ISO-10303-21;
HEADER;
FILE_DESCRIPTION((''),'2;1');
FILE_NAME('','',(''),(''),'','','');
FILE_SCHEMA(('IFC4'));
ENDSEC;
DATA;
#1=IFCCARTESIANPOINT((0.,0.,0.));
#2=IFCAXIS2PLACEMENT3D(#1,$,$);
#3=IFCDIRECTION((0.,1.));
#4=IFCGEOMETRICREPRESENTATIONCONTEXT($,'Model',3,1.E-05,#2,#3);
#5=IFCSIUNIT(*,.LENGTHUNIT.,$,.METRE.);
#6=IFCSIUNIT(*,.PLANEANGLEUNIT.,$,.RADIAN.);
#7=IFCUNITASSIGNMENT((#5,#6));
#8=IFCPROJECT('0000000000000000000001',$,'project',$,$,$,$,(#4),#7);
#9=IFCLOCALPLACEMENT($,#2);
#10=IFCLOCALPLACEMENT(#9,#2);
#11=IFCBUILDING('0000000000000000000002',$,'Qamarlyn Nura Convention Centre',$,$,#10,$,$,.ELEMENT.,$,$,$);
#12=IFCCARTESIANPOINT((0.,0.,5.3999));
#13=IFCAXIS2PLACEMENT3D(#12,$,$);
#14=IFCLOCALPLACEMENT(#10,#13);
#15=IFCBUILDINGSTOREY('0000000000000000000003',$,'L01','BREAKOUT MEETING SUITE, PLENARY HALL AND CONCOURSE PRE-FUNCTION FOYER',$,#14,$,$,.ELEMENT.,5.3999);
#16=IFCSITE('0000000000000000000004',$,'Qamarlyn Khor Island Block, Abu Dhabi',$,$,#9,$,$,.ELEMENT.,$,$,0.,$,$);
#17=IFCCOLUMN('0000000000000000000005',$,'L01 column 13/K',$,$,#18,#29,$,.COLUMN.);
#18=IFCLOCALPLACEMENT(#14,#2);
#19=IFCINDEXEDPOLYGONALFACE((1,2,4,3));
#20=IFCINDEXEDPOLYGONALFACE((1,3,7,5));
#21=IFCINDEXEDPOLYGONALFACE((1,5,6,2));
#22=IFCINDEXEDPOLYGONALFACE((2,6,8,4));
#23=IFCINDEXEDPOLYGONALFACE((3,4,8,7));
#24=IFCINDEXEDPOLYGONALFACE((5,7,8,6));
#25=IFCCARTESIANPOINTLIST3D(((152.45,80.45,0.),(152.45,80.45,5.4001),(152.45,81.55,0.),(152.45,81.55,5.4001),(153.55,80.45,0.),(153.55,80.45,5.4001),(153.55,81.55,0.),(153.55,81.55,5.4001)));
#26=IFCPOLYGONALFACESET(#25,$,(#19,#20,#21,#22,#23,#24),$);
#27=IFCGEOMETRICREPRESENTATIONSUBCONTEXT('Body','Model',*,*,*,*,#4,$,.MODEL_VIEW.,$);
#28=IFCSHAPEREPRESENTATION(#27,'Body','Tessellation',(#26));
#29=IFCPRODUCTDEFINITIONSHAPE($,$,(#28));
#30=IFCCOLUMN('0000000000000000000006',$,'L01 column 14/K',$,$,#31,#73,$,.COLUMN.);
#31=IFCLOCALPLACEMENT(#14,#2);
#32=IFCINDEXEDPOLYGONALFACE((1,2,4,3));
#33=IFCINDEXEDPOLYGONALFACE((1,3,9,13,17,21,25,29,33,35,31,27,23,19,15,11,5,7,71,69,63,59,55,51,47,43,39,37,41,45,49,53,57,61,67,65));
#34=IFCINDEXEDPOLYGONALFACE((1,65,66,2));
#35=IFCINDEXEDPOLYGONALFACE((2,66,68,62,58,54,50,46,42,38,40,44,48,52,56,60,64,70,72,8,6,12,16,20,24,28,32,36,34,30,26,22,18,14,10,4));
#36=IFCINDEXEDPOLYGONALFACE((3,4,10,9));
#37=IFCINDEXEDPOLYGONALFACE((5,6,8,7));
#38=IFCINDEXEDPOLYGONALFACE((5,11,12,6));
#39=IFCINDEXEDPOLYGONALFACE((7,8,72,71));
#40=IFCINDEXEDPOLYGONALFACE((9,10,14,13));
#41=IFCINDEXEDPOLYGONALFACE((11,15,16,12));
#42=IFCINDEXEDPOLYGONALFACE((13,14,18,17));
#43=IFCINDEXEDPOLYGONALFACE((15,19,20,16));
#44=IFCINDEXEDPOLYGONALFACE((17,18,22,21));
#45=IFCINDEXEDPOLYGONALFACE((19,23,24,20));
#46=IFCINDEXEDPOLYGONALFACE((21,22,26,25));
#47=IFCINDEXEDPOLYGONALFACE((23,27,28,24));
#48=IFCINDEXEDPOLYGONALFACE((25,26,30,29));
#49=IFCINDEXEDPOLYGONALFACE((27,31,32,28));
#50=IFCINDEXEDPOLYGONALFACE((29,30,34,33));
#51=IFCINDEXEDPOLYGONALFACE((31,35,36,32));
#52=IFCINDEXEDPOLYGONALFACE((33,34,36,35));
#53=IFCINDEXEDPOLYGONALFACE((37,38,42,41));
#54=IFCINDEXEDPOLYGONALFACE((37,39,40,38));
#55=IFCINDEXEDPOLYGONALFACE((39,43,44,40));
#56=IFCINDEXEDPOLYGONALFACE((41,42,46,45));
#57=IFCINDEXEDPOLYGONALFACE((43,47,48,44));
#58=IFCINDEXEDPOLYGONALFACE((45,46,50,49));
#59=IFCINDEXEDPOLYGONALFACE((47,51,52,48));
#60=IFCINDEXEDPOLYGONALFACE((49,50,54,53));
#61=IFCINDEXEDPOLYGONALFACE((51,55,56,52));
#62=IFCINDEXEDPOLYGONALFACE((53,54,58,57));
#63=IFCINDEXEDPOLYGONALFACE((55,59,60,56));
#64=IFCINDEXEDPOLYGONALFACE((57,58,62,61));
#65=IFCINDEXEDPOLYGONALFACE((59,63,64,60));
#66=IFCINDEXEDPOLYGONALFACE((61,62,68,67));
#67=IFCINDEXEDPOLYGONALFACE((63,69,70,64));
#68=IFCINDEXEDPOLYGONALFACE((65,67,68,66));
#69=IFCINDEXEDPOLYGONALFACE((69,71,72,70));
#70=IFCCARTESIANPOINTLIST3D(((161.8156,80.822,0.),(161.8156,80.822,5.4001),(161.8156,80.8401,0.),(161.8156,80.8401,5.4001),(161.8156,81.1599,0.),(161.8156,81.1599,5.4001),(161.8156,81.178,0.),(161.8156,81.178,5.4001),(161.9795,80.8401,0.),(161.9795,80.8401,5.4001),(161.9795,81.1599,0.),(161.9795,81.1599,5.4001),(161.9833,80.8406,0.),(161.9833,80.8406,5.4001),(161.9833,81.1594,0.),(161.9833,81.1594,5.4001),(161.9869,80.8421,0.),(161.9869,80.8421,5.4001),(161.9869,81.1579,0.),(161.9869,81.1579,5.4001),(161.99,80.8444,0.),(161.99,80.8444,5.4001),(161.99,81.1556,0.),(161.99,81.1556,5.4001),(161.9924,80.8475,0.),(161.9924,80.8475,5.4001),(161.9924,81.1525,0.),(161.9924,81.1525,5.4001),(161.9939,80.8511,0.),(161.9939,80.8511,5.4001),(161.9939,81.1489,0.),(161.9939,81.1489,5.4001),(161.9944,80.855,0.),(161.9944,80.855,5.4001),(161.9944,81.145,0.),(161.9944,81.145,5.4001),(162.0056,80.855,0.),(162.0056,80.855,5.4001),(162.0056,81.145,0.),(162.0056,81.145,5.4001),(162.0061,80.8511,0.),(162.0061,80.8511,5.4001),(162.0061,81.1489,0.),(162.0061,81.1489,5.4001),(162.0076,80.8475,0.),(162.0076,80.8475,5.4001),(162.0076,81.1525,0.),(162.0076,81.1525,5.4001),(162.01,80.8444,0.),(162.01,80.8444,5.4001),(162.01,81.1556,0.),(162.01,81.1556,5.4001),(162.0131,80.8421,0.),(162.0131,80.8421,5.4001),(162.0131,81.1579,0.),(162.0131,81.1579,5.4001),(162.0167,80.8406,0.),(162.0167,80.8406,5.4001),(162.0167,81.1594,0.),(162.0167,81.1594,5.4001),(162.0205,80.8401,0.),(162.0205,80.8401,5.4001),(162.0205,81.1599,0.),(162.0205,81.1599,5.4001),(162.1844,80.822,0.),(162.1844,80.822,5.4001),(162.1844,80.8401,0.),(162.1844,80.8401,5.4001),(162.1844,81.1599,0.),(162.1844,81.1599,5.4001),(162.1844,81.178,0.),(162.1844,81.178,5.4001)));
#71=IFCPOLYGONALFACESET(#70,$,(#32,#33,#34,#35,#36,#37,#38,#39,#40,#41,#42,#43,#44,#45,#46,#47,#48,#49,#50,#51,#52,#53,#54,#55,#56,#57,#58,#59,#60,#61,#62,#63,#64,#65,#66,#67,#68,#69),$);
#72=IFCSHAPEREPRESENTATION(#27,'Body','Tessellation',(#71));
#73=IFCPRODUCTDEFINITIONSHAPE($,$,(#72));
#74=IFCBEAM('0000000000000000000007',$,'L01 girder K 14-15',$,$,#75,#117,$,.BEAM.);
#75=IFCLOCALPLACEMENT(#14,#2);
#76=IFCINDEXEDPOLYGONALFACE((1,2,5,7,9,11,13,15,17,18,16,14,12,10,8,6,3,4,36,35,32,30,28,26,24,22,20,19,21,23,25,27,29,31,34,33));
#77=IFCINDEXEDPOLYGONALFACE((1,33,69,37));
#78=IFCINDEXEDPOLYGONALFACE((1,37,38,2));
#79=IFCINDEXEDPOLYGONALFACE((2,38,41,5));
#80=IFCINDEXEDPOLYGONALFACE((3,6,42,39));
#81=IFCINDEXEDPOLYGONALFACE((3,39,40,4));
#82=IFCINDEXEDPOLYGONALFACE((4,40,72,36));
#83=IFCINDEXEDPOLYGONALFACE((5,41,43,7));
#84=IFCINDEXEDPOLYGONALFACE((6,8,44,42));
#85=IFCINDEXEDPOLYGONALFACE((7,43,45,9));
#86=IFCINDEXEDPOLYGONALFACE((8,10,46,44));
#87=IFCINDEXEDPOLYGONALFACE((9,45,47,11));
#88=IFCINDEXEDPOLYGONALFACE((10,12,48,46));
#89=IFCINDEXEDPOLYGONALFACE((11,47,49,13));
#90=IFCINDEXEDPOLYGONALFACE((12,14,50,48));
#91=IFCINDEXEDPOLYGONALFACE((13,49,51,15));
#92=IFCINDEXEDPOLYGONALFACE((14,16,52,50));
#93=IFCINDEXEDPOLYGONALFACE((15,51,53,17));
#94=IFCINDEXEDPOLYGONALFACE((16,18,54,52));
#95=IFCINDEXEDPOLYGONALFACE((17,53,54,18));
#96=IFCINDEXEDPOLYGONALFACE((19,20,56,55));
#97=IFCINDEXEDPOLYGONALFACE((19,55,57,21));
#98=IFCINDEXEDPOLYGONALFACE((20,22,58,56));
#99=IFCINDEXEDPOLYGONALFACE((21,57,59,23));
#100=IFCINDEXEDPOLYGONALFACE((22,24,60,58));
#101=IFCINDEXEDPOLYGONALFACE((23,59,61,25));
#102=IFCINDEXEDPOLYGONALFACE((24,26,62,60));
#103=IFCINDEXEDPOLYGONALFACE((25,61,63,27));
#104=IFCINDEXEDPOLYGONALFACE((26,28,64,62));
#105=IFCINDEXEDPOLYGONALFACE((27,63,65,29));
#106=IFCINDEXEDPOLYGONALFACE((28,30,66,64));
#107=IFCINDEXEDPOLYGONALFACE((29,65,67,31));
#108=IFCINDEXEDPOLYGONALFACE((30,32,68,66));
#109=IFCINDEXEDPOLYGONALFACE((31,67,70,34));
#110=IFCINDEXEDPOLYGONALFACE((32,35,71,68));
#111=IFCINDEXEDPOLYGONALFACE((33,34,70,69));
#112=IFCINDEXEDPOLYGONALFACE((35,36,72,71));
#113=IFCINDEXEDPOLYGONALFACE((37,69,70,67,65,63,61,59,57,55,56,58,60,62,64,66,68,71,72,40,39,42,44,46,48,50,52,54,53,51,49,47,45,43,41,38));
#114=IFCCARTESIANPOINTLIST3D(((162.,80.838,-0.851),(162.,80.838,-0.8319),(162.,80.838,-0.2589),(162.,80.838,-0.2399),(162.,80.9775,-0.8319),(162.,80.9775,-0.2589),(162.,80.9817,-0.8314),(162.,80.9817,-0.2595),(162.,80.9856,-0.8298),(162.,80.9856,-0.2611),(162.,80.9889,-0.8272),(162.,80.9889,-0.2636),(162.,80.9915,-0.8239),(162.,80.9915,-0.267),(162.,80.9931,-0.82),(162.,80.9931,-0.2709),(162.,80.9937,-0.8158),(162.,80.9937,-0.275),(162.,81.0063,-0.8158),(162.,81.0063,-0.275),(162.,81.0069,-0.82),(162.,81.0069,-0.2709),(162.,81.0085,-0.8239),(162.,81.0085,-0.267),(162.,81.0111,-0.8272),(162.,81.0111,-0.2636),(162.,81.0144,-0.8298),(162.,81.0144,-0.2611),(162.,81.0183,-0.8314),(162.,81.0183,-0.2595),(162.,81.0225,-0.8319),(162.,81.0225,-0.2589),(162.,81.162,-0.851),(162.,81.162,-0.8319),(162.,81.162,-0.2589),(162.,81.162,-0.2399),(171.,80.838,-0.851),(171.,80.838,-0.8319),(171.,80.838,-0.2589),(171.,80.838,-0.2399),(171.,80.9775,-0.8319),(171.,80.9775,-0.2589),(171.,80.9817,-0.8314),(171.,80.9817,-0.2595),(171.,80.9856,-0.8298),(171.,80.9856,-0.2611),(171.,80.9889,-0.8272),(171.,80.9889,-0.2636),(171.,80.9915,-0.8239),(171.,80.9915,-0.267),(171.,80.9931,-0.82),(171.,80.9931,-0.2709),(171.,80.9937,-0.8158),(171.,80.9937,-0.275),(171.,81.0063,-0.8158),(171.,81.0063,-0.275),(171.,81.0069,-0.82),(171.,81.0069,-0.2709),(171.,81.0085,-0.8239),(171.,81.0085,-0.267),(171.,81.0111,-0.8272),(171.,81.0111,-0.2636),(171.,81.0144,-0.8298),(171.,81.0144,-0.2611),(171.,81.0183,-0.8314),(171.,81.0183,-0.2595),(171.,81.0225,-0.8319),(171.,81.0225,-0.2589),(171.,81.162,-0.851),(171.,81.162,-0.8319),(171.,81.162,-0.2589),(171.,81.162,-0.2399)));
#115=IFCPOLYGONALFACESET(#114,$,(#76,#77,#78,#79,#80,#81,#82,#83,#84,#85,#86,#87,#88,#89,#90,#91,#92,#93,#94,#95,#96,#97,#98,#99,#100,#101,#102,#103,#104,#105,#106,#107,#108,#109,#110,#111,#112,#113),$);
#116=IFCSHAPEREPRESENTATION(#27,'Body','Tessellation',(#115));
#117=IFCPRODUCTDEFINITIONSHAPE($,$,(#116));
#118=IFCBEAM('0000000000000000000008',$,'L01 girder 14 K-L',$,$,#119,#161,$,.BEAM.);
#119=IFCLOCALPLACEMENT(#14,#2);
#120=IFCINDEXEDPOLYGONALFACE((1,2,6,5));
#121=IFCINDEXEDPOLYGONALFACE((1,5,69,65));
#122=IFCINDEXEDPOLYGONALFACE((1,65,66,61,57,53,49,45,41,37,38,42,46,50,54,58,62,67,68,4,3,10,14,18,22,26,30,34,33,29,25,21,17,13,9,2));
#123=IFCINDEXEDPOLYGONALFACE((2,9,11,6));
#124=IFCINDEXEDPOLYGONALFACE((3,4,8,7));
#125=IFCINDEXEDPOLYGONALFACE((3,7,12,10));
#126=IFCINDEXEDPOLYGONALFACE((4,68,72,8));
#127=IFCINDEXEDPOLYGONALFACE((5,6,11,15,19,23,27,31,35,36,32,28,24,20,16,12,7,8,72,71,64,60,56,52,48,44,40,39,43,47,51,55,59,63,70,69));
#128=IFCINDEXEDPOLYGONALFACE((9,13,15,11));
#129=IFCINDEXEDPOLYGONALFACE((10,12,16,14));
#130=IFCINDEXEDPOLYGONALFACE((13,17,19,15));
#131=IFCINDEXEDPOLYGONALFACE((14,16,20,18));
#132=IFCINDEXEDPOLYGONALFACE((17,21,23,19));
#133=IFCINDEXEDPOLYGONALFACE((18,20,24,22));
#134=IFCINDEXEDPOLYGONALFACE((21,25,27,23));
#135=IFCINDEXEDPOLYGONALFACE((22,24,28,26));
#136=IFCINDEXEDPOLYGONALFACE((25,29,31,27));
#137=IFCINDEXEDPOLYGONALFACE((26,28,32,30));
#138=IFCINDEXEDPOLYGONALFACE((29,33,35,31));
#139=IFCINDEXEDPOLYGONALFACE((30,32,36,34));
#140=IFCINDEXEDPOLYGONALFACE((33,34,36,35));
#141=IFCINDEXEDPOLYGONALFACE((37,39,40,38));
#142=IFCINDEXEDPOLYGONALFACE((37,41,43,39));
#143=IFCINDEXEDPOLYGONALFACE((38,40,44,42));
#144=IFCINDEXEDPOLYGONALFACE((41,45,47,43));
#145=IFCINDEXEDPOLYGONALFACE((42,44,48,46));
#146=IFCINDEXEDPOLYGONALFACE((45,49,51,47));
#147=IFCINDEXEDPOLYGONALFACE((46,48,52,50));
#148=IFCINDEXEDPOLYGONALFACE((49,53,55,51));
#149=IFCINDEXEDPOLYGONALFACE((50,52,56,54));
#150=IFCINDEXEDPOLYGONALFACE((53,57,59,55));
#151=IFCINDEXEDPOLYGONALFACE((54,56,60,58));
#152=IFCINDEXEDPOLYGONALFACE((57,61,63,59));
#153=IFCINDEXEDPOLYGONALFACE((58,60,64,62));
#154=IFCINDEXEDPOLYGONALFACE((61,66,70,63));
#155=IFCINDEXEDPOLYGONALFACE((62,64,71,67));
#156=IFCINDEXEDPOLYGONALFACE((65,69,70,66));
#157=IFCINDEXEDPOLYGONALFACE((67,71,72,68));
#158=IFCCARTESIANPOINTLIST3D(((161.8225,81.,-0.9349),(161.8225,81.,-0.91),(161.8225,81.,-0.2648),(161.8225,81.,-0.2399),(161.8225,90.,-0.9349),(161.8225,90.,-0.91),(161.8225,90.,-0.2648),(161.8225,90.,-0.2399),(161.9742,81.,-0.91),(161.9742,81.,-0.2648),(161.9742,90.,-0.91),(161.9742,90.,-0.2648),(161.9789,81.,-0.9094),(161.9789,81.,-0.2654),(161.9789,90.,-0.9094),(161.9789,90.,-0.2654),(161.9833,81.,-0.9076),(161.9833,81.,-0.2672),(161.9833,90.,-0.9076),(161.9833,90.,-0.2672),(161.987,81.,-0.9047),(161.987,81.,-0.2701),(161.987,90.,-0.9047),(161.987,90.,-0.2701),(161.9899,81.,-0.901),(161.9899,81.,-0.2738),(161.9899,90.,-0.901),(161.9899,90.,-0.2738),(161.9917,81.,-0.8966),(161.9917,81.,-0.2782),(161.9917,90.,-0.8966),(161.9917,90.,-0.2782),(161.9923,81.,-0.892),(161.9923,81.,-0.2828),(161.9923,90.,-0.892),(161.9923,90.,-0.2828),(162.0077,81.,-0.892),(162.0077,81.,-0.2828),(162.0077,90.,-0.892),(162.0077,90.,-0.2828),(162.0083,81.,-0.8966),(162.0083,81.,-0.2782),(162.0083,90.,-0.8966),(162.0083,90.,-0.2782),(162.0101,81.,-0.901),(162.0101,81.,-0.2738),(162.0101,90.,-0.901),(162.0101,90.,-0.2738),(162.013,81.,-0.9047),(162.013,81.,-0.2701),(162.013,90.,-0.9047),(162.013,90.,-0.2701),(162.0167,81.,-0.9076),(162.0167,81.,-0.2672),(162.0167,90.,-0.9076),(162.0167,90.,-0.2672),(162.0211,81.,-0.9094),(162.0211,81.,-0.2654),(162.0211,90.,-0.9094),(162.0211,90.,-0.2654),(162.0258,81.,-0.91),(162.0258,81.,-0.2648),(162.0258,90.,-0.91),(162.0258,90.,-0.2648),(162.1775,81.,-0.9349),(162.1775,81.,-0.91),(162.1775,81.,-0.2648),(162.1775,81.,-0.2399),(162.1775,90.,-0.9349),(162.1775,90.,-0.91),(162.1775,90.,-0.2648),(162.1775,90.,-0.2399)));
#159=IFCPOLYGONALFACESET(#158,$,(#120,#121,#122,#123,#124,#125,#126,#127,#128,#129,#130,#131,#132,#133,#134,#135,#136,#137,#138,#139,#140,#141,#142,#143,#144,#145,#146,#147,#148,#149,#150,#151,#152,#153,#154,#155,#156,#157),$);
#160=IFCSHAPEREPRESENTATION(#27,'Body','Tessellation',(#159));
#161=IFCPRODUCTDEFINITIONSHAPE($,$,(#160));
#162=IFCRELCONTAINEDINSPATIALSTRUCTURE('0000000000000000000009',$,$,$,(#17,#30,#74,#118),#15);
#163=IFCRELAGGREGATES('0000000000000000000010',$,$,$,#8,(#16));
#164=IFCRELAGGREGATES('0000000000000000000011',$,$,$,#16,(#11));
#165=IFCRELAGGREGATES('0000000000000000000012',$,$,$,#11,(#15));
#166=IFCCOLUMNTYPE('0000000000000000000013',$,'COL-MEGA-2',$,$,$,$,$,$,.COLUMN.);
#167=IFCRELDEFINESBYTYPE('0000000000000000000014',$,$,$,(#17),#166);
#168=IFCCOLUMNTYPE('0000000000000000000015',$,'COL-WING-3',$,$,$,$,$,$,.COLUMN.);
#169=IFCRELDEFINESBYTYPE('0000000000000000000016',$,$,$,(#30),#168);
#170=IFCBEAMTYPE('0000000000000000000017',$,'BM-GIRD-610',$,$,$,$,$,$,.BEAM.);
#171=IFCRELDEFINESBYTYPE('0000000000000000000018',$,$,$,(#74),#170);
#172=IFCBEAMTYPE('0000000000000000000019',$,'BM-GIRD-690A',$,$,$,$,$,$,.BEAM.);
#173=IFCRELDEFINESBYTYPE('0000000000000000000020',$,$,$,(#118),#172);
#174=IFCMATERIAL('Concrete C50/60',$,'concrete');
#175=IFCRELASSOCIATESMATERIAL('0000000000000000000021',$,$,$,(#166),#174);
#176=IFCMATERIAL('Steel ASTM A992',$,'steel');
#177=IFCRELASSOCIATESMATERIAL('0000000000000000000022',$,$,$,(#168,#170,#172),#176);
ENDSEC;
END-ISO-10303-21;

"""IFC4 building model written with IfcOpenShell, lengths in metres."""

from ifc_helpers import new_model, si_unit, direction, frame, origin, origin_2d, place, context, subcontext, project, spatial, rectangle, i_section, extrude, material, material_profile, profile_set, type_object, element, save


model = new_model("IFC4")

# Units and contexts
model_context = context("Model", 3, precision=1e-05, world=origin(), true_north=direction((0.0, 1.0)))
body_context = subcontext(model_context, "Body", "Model", "MODEL_VIEW")
ifc_project = project(units=[si_unit("LENGTHUNIT", "METRE"), si_unit("PLANEANGLEUNIT", "RADIAN")], contexts=[model_context])

# Site, building, storey
site_placement = place(None, origin())
site = spatial("IfcSite", under=ifc_project, at=site_placement, Name="Qamarlyn Khor Island Block, Abu Dhabi", CompositionType="ELEMENT", RefElevation=0.0)
building_placement = place(site_placement, origin())
building = spatial("IfcBuilding", under=site, at=building_placement, Name="Qamarlyn Nura Convention Centre", CompositionType="ELEMENT")
storey_placement = place(building_placement, frame((0.0, 0.0, 5.3999)))
storey = spatial("IfcBuildingStorey", under=building, at=storey_placement, Name="L01", Description="BREAKOUT MEETING SUITE, PLENARY HALL AND CONCOURSE PRE-FUNCTION FOYER", CompositionType="ELEMENT", Elevation=5.3999)

# Columns
ifc_material_1 = material(Name="Concrete C50/60", Category="concrete")
ifc_material_profile_1 = material_profile(ifc_material_1, rectangle(XDim=1.1001, YDim=1.1001, at=origin_2d()), Name="RC 1100x1100")
ifc_profile_set_1 = profile_set([ifc_material_profile_1], Name="Concrete C50/60")
column_type_1 = type_object("IfcColumnType", Name="COL-MEGA-2", PredefinedType="COLUMN", material=ifc_profile_set_1)
column_1_placement = place(storey_placement, frame((153.0, 81.0, 0.0), z_axis=(0.0, 0.0, 1.0), x_axis=(1.0, 0.0, 0.0)))
element("IfcColumn", 1, at=column_1_placement, inside=storey, type_object=column_type_1, Name="L01 column 13/K", PredefinedType="COLUMN", context=body_context, shape_type="SweptSolid", body=[
    extrude(rectangle(XDim=1.1001, YDim=1.1001, at=origin_2d()), origin(), (0.0, 0.0, 1.0), 5.4001),
])
ifc_material_2 = material(Name="Steel ASTM A992", Category="steel")
ifc_material_profile_2 = material_profile(ifc_material_2, i_section(OverallWidth=0.3689, OverallDepth=0.356, WebThickness=0.0112, FlangeThickness=0.0181, FilletRadius=0.0149, at=origin_2d()), Name="W360X134")
ifc_profile_set_2 = profile_set([ifc_material_profile_2], Name="Steel ASTM A992")
column_type_2 = type_object("IfcColumnType", Name="COL-WING-3", PredefinedType="COLUMN", material=ifc_profile_set_2)
column_2_placement = place(storey_placement, frame((162.0, 81.0, 0.0), z_axis=(0.0, 0.0, 1.0), x_axis=(1.0, 0.0, 0.0)))
element("IfcColumn", 2, at=column_2_placement, inside=storey, type_object=column_type_2, Name="L01 column 14/K", PredefinedType="COLUMN", context=body_context, shape_type="SweptSolid", body=[
    extrude(i_section(OverallWidth=0.3689, OverallDepth=0.356, WebThickness=0.0112, FlangeThickness=0.0181, FilletRadius=0.0149, at=origin_2d()), origin(), (0.0, 0.0, 1.0), 5.4001),
])

# Beams
ifc_material_profile_3 = material_profile(ifc_material_2, i_section(OverallWidth=0.324, OverallDepth=0.6111, WebThickness=0.0127, FlangeThickness=0.019, FilletRadius=0.0161, at=origin_2d()), Name="W610X155")
ifc_profile_set_3 = profile_set([ifc_material_profile_3], Name="Steel ASTM A992")
beam_type_1 = type_object("IfcBeamType", Name="BM-GIRD-610", PredefinedType="BEAM", material=ifc_profile_set_3)
beam_1_placement = place(storey_placement, frame((162.0, 81.0, -0.5454), z_axis=(1.0, 0.0, 0.0), x_axis=(0.0, 1.0, 0.0)))
element("IfcBeam", 3, at=beam_1_placement, inside=storey, type_object=beam_type_1, Name="L01 girder K 14-15", PredefinedType="BEAM", context=body_context, shape_type="SweptSolid", body=[
    extrude(i_section(OverallWidth=0.324, OverallDepth=0.6111, WebThickness=0.0127, FlangeThickness=0.019, FilletRadius=0.0161, at=origin_2d()), origin(), (0.0, 0.0, 1.0), 9.0),
])
ifc_material_profile_4 = material_profile(ifc_material_2, i_section(OverallWidth=0.355, OverallDepth=0.6951, WebThickness=0.0154, FlangeThickness=0.0249, FilletRadius=0.0181, at=origin_2d()), Name="W690X217")
ifc_profile_set_4 = profile_set([ifc_material_profile_4], Name="Steel ASTM A992")
beam_type_2 = type_object("IfcBeamType", Name="BM-GIRD-690A", PredefinedType="BEAM", material=ifc_profile_set_4)
beam_2_placement = place(storey_placement, frame((162.0, 81.0, -0.5874), z_axis=(0.0, 1.0, 0.0), x_axis=(-1.0, 0.0, 0.0)))
element("IfcBeam", 4, at=beam_2_placement, inside=storey, type_object=beam_type_2, Name="L01 girder 14 K-L", PredefinedType="BEAM", context=body_context, shape_type="SweptSolid", body=[
    extrude(i_section(OverallWidth=0.355, OverallDepth=0.6951, WebThickness=0.0154, FlangeThickness=0.0249, FilletRadius=0.0181, at=origin_2d()), origin(), (0.0, 0.0, 1.0), 9.0),
])

save(model, "model.ifc")
